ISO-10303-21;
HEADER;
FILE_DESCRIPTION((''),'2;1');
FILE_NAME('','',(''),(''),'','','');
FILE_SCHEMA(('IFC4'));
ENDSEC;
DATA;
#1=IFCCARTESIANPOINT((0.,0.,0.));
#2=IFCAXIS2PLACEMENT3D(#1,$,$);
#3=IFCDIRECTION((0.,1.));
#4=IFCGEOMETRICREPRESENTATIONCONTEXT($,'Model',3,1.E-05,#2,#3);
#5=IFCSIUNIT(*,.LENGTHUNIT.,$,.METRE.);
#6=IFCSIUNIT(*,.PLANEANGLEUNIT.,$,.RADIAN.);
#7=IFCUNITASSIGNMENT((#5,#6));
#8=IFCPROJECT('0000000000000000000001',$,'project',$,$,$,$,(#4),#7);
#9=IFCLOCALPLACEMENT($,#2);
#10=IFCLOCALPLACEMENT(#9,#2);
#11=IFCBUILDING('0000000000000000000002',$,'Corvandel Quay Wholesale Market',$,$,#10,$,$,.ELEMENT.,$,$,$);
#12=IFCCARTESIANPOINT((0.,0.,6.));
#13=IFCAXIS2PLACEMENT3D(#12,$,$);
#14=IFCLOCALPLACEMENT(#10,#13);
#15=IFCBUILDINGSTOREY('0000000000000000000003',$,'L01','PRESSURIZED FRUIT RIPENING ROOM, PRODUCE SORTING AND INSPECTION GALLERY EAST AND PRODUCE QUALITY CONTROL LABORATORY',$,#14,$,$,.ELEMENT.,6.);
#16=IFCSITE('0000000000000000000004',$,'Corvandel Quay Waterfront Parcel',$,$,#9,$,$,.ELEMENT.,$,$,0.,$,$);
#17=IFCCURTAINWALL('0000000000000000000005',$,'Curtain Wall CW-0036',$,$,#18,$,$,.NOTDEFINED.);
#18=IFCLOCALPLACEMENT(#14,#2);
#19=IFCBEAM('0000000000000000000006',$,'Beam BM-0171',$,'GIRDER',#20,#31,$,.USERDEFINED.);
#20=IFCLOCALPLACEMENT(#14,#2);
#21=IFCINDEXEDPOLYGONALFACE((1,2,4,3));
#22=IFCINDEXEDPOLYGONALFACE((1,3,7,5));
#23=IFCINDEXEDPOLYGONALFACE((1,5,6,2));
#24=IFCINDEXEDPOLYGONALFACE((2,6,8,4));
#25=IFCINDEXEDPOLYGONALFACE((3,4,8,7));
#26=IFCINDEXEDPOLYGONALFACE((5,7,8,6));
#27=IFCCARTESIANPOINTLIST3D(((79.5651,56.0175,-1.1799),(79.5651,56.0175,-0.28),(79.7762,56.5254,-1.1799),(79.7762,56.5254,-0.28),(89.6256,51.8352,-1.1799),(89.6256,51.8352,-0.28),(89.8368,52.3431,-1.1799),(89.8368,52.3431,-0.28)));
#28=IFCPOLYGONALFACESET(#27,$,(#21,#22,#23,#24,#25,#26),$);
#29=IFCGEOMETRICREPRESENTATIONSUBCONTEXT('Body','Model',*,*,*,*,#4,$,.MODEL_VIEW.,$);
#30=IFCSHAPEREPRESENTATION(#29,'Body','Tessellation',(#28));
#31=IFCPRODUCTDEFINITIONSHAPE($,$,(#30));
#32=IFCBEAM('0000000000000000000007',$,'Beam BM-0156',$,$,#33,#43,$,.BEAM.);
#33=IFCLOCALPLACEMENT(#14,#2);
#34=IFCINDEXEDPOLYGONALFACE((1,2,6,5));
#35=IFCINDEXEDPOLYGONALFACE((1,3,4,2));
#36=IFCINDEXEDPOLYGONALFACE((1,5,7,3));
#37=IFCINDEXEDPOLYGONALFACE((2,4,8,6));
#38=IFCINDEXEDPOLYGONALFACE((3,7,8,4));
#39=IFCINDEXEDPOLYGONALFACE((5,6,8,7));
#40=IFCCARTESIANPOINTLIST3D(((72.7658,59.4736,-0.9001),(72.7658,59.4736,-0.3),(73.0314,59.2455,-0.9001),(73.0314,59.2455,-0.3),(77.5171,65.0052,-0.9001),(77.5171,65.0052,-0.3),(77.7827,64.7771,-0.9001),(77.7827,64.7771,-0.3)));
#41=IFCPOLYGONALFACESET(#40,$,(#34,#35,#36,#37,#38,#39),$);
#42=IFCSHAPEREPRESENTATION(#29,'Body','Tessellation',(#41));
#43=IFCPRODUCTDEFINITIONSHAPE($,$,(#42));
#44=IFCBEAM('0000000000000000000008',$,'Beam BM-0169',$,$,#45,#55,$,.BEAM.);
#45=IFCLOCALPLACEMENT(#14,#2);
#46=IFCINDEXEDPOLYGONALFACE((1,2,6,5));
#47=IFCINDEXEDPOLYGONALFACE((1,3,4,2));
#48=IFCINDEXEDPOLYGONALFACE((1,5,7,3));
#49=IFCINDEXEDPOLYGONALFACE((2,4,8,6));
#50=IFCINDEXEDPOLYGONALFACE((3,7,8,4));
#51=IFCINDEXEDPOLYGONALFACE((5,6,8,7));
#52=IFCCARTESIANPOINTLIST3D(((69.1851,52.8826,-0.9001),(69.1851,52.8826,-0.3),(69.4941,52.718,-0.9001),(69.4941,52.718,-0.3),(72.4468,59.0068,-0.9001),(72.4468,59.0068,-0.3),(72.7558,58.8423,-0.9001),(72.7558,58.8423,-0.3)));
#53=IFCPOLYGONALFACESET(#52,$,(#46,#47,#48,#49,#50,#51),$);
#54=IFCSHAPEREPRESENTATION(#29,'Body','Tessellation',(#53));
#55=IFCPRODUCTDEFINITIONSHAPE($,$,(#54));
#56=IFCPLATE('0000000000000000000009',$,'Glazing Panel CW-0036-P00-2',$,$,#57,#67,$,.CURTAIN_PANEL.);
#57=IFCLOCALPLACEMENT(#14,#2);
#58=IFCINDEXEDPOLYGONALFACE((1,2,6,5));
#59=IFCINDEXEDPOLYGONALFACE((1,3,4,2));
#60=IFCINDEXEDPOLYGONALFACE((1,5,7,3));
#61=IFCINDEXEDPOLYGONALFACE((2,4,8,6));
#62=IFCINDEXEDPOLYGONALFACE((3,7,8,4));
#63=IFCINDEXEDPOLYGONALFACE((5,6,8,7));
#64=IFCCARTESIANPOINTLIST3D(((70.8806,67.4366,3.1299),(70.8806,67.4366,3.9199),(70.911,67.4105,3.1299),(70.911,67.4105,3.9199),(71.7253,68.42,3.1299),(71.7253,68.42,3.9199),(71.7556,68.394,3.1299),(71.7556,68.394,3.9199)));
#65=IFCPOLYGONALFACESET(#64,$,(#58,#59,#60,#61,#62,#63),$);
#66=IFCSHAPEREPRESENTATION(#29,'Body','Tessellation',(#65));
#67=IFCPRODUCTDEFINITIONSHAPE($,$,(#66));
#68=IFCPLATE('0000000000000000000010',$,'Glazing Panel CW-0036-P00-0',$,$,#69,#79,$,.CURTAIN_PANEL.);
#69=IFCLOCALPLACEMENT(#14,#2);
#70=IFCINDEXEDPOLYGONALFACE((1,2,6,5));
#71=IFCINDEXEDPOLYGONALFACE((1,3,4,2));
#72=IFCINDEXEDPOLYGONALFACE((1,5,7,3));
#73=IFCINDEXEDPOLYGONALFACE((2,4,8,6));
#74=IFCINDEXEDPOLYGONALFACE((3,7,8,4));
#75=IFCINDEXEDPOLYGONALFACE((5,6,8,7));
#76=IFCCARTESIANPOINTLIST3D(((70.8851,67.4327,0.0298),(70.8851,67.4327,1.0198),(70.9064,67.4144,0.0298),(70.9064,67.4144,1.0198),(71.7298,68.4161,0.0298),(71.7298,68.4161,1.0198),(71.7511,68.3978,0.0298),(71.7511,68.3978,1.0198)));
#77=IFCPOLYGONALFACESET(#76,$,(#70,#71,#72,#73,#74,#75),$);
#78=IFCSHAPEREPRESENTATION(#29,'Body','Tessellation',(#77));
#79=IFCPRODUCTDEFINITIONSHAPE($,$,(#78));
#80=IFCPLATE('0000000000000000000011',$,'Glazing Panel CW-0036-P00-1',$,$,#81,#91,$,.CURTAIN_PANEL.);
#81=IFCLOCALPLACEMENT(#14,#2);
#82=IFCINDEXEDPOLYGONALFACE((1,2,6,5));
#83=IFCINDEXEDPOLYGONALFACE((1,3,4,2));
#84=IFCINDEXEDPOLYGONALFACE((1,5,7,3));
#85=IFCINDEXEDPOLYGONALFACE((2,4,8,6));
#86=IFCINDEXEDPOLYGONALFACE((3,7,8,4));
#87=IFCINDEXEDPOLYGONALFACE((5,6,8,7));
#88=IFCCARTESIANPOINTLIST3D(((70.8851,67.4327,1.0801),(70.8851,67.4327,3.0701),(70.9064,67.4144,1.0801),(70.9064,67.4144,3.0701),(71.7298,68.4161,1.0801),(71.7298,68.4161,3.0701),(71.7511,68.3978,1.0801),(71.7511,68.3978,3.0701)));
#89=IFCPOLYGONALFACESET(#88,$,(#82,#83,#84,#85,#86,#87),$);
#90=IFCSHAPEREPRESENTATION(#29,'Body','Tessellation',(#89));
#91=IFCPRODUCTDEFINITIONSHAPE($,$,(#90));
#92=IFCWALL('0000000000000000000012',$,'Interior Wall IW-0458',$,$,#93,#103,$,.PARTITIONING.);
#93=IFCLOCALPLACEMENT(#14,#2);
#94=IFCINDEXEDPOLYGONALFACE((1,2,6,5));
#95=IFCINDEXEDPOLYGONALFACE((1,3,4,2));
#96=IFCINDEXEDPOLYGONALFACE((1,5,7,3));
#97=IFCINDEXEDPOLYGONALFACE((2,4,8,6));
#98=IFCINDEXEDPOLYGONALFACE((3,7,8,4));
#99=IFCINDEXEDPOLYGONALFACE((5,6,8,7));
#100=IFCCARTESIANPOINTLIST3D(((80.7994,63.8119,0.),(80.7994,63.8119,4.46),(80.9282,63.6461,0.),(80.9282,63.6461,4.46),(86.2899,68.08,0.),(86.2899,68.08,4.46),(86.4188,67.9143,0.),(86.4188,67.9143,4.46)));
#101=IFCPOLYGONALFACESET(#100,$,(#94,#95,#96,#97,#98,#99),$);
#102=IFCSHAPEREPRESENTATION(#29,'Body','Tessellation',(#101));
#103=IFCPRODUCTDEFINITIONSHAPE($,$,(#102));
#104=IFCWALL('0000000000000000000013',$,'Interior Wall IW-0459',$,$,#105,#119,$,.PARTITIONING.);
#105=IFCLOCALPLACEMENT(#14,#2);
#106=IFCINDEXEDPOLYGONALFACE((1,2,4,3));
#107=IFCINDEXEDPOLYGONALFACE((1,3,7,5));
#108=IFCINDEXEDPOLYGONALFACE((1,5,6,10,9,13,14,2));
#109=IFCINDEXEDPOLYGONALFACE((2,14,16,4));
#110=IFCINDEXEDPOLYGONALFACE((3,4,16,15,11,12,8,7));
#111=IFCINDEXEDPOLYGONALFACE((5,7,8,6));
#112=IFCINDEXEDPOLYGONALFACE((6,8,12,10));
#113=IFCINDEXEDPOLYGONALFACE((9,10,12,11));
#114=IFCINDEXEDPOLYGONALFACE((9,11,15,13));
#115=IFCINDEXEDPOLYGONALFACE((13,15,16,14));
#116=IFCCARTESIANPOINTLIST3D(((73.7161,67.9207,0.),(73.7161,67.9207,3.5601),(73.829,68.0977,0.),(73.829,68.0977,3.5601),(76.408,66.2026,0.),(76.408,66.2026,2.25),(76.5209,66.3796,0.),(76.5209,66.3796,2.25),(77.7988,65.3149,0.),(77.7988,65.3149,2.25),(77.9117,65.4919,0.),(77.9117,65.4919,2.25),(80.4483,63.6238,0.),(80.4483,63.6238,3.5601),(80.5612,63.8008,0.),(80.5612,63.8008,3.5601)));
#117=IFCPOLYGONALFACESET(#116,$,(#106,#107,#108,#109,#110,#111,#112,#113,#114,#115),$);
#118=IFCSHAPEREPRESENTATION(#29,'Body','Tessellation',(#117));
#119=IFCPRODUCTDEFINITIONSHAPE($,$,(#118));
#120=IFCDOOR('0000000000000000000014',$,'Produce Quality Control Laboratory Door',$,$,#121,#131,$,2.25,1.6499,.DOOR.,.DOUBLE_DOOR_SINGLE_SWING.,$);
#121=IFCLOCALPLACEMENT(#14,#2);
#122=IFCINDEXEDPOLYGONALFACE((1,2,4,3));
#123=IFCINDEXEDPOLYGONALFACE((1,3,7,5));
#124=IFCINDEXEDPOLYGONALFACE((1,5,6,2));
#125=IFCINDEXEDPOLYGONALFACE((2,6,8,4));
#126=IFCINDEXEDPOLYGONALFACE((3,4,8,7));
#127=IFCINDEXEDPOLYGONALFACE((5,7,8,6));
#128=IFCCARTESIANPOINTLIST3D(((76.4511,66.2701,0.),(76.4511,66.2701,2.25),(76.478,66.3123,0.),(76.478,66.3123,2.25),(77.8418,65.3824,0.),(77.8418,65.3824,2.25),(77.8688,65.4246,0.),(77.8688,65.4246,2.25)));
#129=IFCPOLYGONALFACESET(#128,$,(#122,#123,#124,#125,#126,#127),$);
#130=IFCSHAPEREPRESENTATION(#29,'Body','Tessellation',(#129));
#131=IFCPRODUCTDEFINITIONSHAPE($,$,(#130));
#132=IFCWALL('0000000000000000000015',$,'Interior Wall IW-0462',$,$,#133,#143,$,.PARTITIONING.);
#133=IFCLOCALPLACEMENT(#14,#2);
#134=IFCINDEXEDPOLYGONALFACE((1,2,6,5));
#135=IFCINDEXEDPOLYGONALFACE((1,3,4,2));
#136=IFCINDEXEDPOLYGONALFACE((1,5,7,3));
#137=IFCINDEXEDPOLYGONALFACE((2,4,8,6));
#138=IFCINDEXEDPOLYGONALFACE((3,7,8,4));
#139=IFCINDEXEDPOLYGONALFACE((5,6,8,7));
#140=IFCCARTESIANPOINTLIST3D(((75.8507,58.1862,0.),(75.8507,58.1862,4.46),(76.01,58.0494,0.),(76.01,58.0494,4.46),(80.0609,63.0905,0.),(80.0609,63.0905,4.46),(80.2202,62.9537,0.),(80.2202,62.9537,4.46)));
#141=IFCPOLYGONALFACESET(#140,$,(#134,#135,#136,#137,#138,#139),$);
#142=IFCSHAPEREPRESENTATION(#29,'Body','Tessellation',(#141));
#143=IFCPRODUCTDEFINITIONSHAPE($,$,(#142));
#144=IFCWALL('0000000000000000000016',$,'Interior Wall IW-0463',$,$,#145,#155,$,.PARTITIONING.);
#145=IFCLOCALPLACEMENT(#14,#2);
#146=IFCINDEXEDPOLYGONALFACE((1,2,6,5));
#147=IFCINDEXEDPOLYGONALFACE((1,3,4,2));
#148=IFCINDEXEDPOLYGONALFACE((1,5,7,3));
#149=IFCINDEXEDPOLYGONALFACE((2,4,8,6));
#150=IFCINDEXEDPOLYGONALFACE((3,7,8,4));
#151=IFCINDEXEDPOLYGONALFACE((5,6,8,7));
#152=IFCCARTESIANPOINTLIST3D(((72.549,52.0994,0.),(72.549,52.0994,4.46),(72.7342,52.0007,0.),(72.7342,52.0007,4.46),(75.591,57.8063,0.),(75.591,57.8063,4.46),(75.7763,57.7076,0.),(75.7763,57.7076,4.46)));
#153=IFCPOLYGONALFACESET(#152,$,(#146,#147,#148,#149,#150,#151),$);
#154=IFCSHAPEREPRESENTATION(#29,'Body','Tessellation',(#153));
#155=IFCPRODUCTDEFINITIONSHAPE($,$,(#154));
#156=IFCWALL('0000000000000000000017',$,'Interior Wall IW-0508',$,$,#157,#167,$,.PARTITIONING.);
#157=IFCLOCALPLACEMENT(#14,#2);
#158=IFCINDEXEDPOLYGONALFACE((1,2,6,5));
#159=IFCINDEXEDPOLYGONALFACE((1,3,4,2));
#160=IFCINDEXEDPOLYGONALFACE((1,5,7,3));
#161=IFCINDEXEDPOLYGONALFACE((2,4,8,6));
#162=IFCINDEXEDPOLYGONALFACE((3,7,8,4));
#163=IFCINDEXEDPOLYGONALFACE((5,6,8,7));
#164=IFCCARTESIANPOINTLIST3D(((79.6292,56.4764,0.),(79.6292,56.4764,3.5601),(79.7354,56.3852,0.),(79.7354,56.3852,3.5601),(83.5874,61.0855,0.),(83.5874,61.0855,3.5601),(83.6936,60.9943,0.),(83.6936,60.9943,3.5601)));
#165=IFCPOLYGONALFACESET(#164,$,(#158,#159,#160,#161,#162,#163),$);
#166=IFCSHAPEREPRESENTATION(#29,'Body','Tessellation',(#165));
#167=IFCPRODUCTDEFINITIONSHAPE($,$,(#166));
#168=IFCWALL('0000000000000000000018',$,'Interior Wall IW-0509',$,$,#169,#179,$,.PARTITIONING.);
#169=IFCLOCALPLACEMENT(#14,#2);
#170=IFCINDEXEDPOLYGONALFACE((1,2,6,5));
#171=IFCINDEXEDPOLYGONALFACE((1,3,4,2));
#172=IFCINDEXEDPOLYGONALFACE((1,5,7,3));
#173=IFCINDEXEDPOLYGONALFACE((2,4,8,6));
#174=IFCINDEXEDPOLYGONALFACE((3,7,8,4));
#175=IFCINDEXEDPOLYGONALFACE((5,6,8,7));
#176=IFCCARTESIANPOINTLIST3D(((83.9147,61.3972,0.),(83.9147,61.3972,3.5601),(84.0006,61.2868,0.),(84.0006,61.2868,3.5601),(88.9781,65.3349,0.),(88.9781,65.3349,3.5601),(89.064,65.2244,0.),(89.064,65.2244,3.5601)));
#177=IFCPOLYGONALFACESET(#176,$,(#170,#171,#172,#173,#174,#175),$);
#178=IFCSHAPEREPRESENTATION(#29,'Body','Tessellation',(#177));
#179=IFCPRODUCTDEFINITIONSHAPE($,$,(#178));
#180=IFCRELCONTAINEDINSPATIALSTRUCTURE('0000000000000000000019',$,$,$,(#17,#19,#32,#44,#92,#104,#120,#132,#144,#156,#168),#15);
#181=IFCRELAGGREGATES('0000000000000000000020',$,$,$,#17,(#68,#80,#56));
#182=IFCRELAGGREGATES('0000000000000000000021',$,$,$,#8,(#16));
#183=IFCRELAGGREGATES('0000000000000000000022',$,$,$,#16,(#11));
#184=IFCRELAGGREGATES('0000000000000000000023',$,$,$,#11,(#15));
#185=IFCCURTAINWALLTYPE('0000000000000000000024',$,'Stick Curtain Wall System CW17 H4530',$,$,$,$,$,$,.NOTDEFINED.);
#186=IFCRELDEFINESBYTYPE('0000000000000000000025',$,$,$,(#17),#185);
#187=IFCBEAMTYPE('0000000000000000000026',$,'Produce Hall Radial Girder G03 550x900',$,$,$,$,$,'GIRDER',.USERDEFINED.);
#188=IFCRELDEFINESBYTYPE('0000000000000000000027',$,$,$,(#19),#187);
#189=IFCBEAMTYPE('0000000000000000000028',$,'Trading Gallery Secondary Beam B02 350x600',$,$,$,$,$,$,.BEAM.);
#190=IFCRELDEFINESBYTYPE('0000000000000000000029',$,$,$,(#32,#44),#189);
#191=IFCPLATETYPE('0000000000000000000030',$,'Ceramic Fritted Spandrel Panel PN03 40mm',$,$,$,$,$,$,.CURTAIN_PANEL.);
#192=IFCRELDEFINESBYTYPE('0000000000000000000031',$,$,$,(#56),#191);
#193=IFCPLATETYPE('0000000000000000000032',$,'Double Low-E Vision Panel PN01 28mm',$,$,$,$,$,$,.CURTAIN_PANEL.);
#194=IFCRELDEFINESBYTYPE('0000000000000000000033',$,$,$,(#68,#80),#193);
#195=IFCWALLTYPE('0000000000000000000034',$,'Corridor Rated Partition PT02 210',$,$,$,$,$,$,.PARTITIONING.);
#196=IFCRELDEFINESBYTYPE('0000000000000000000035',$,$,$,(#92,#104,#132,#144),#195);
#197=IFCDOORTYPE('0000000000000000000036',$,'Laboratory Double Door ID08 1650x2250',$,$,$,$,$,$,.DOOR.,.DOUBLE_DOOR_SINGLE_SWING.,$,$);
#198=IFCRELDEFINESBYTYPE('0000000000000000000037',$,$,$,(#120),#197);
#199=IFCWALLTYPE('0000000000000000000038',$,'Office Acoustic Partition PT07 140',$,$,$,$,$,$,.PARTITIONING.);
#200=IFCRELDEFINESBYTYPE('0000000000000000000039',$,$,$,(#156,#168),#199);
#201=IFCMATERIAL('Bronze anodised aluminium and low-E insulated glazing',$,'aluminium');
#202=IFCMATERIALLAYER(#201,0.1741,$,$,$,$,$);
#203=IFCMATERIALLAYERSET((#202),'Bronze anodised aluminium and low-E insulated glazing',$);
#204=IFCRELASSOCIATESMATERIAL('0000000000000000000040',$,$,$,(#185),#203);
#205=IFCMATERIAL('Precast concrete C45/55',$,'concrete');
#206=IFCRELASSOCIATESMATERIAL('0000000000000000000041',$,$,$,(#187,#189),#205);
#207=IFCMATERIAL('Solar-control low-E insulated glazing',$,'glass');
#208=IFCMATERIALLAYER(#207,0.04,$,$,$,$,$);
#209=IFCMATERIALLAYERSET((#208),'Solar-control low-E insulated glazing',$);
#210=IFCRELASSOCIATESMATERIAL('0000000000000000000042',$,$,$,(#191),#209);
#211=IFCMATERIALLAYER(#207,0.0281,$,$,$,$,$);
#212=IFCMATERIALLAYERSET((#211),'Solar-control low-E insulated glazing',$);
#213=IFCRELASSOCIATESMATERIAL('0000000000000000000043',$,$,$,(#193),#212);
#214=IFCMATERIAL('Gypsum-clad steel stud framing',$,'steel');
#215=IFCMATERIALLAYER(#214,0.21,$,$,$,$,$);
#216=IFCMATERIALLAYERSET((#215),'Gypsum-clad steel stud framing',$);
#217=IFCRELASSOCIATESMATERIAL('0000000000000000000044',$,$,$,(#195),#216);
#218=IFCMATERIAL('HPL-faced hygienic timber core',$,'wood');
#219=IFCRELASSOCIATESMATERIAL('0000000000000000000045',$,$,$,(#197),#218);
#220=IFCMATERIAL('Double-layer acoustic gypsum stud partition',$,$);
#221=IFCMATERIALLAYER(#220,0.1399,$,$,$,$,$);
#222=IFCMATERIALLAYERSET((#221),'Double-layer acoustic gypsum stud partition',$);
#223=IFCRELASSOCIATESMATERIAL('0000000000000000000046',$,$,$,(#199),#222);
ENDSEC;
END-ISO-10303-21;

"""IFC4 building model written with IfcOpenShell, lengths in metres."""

from ifc_helpers import new_model, si_unit, direction, frame, frame_2d, origin, origin_2d, place, context, subcontext, project, spatial, rectangle, extrude, material, layer, layer_set, material_profile, profile_set, type_object, element, fill, aggregate, save


model = new_model("IFC4")

# Units and contexts
model_context = context("Model", 3, precision=1e-05, world=origin(), true_north=direction((0.0, 1.0)))
body_context = subcontext(model_context, "Body", "Model", "MODEL_VIEW")
ifc_project = project(units=[si_unit("LENGTHUNIT", "METRE"), si_unit("PLANEANGLEUNIT", "RADIAN")], contexts=[model_context])

# Site, building, storey
site_placement = place(None, origin())
site = spatial("IfcSite", under=ifc_project, at=site_placement, Name="Corvandel Quay Waterfront Parcel", CompositionType="ELEMENT", RefElevation=0.0)
building_placement = place(site_placement, origin())
building = spatial("IfcBuilding", under=site, at=building_placement, Name="Corvandel Quay Wholesale Market", CompositionType="ELEMENT")
storey_placement = place(building_placement, frame((0.0, 0.0, 6.0)))
storey = spatial("IfcBuildingStorey", under=building, at=storey_placement, Name="L01", Description="PRESSURIZED FRUIT RIPENING ROOM, PRODUCE SORTING AND INSPECTION GALLERY EAST AND PRODUCE QUALITY CONTROL LABORATORY", CompositionType="ELEMENT", Elevation=6.0)

# Shared definitions
ifc_material_1 = material(Name="Precast concrete C45/55", Category="concrete")

# Curtain wall
ifc_material_2 = material(Name="Bronze anodised aluminium and low-E insulated glazing", Category="aluminium")
ifc_layer_1 = layer(ifc_material_2, 0.1741)
ifc_layer_set_1 = layer_set([ifc_layer_1], Name="Bronze anodised aluminium and low-E insulated glazing")
curtain_wall_type = type_object("IfcCurtainWallType", Name="Stick Curtain Wall System CW17 H4530", PredefinedType="NOTDEFINED", material=ifc_layer_set_1)
curtain_wall_placement = place(storey_placement, origin())
curtain_wall = element("IfcCurtainWall", 1, at=curtain_wall_placement, inside=storey, type_object=curtain_wall_type, Name="Curtain Wall CW-0036", PredefinedType="NOTDEFINED")

# Beams
ifc_material_profile_1 = material_profile(ifc_material_1, rectangle(XDim=0.55, YDim=0.8999, at=origin_2d()), Name="PC-GIR-550x900")
ifc_profile_set_1 = profile_set([ifc_material_profile_1], Name="Precast concrete C45/55")
beam_type_1 = type_object("IfcBeamType", Name="Produce Hall Radial Girder G03 550x900", ElementType="GIRDER", PredefinedType="USERDEFINED", material=ifc_profile_set_1)
beam_1_placement = place(storey_placement, frame((79.6707, 56.2715, -0.73), z_axis=(0.923387, -0.383871, 0.0), x_axis=(0.383871, 0.923387, 0.0)))
element("IfcBeam", 2, at=beam_1_placement, inside=storey, type_object=beam_type_1, Name="Beam BM-0171", ObjectType="GIRDER", PredefinedType="USERDEFINED", context=body_context, shape_type="SweptSolid", body=[
    extrude(rectangle(XDim=0.55, YDim=0.8999, at=origin_2d()), origin(), (0.0, 0.0, 1.0), 10.8953),
])
ifc_material_profile_2 = material_profile(ifc_material_1, rectangle(XDim=0.3501, YDim=0.6001, at=origin_2d()), Name="PC-BM-350x600")
ifc_profile_set_2 = profile_set([ifc_material_profile_2], Name="Precast concrete C45/55")
beam_type_2 = type_object("IfcBeamType", Name="Trading Gallery Secondary Beam B02 350x600", PredefinedType="BEAM", material=ifc_profile_set_2)
beam_2_placement = place(storey_placement, frame((77.6499, 64.8911, -0.6001), z_axis=(-0.651577, -0.758583, 0.0), x_axis=(0.758583, -0.651577, 0.0)))
element("IfcBeam", 3, at=beam_2_placement, inside=storey, type_object=beam_type_2, Name="Beam BM-0156", PredefinedType="BEAM", context=body_context, shape_type="SweptSolid", body=[
    extrude(rectangle(XDim=0.3501, YDim=0.6001, at=origin_2d()), origin(), (0.0, 0.0, 1.0), 7.292),
])
beam_3_placement = place(storey_placement, frame((72.6013, 58.9246, -0.6001), z_axis=(-0.470077, -0.882626, 0.0), x_axis=(0.882626, -0.470077, 0.0)))
element("IfcBeam", 4, at=beam_3_placement, inside=storey, type_object=beam_type_2, Name="Beam BM-0169", PredefinedType="BEAM", context=body_context, shape_type="SweptSolid", body=[
    extrude(rectangle(XDim=0.3501, YDim=0.6001, at=origin_2d()), origin(), (0.0, 0.0, 1.0), 6.9387),
])

# Plates
ifc_material_3 = material(Name="Solar-control low-E insulated glazing", Category="glass")
ifc_layer_2 = layer(ifc_material_3, 0.04)
ifc_layer_set_2 = layer_set([ifc_layer_2], Name="Solar-control low-E insulated glazing")
plate_type_1 = type_object("IfcPlateType", Name="Ceramic Fritted Spandrel Panel PN03 40mm", PredefinedType="CURTAIN_PANEL", material=ifc_layer_set_2)
plate_1_placement = place(storey_placement, frame((71.3181, 67.9153, 3.1299), z_axis=(0.0, 0.0, 1.0), x_axis=(0.651569, 0.758589, 0.0)))
plate_1 = element("IfcPlate", 5, at=plate_1_placement, type_object=plate_type_1, Name="Glazing Panel CW-0036-P00-2", PredefinedType="CURTAIN_PANEL", context=body_context, shape_type="SweptSolid", body=[
    extrude(rectangle(XDim=1.2964, YDim=0.04, at=origin_2d()), origin(), (0.0, 0.0, 1.0), 0.79),
])
ifc_layer_3 = layer(ifc_material_3, 0.0281)
ifc_layer_set_3 = layer_set([ifc_layer_3], Name="Solar-control low-E insulated glazing")
plate_type_2 = type_object("IfcPlateType", Name="Double Low-E Vision Panel PN01 28mm", PredefinedType="CURTAIN_PANEL", material=ifc_layer_set_3)
plate_2_placement = place(storey_placement, frame((71.3181, 67.9153, 0.0298), z_axis=(0.0, 0.0, 1.0), x_axis=(0.651569, 0.758589, 0.0)))
plate_2 = element("IfcPlate", 6, at=plate_2_placement, type_object=plate_type_2, Name="Glazing Panel CW-0036-P00-0", PredefinedType="CURTAIN_PANEL", context=body_context, shape_type="SweptSolid", body=[
    extrude(rectangle(XDim=1.2964, YDim=0.0281, at=origin_2d()), origin(), (0.0, 0.0, 1.0), 0.99),
])
plate_3_placement = place(storey_placement, frame((71.3181, 67.9153, 1.0801), z_axis=(0.0, 0.0, 1.0), x_axis=(0.651569, 0.758589, 0.0)))
plate_3 = element("IfcPlate", 7, at=plate_3_placement, type_object=plate_type_2, Name="Glazing Panel CW-0036-P00-1", PredefinedType="CURTAIN_PANEL", context=body_context, shape_type="SweptSolid", body=[
    extrude(rectangle(XDim=1.2964, YDim=0.0281, at=origin_2d()), origin(), (0.0, 0.0, 1.0), 1.99),
])
aggregate(curtain_wall, [plate_2, plate_3, plate_1])

# Wall
ifc_material_4 = material(Name="Gypsum-clad steel stud framing", Category="steel")
ifc_layer_4 = layer(ifc_material_4, 0.21)
ifc_layer_set_4 = layer_set([ifc_layer_4], Name="Gypsum-clad steel stud framing")
wall_type_1 = type_object("IfcWallType", Name="Corridor Rated Partition PT02 210", PredefinedType="PARTITIONING", material=ifc_layer_set_4)
wall_1_placement = place(storey_placement, frame((86.3542, 67.9971, 0.0), z_axis=(0.0, 0.0, 1.0), x_axis=(-0.789513, -0.613734, 0.0)))
element("IfcWall", 8, at=wall_1_placement, inside=storey, type_object=wall_type_1, Name="Interior Wall IW-0458", PredefinedType="PARTITIONING", context=body_context, shape_type="SweptSolid", body=[
    extrude(rectangle(XDim=6.9543, YDim=0.21, at=frame_2d((3.4771, 0.0))), origin(), (0.0, 0.0, 1.0), 4.46),
])

# Wall, opening, door
wall_2_placement = place(storey_placement, frame((80.5046, 63.7124, 0.0), z_axis=(0.0, 0.0, 1.0), x_axis=(-0.842937, 0.538012, 0.0)))
wall_2 = element("IfcWall", 9, at=wall_2_placement, inside=storey, type_object=wall_type_1, Name="Interior Wall IW-0459", PredefinedType="PARTITIONING", context=body_context, shape_type="SweptSolid", body=[
    extrude(rectangle(XDim=7.9866, YDim=0.21, at=frame_2d((3.9932, 0.0))), origin(), (0.0, 0.0, 1.0), 3.5601),
])
opening_placement = place(wall_2_placement, frame((3.1431, 0.0, 0.0)))
opening = element("IfcOpeningElement", 10, at=opening_placement, cuts=wall_2, PredefinedType="OPENING", context=body_context, shape_type="SweptSolid", body=[
    extrude(rectangle(XDim=1.6499, YDim=2.25, at=frame_2d((0.825, 1.125))), frame((0.0, 0.115, 0.0), z_axis=(0.0, -1.0, 0.0), x_axis=(1.0, 0.0, 0.0)), (0.0, 0.0, 1.0), 0.23),
])
ifc_material_5 = material(Name="HPL-faced hygienic timber core", Category="wood")
door_type = type_object("IfcDoorType", Name="Laboratory Double Door ID08 1650x2250", OperationType="DOUBLE_DOOR_SINGLE_SWING", PredefinedType="DOOR", material=ifc_material_5)
door_placement = place(opening_placement, origin())
door = element("IfcDoor", 11, at=door_placement, inside=storey, type_object=door_type, Name="Produce Quality Control Laboratory Door", OperationType="DOUBLE_DOOR_SINGLE_SWING", OverallHeight=2.25, OverallWidth=1.6499, PredefinedType="DOOR", context=body_context, shape_type="SweptSolid", body=[
    extrude(rectangle(XDim=1.6499, YDim=2.25, at=frame_2d((0.825, 1.125))), frame((0.0, 0.0249, 0.0), z_axis=(0.0, -1.0, 0.0), x_axis=(1.0, 0.0, 0.0)), (0.0, 0.0, 1.0), 0.05),
])
fill(opening, door)

# Walls
wall_3_placement = place(storey_placement, frame((80.1406, 63.0222, 0.0), z_axis=(0.0, 0.0, 1.0), x_axis=(-0.651373, -0.758758, 0.0)))
element("IfcWall", 12, at=wall_3_placement, inside=storey, type_object=wall_type_1, Name="Interior Wall IW-0462", PredefinedType="PARTITIONING", context=body_context, shape_type="SweptSolid", body=[
    extrude(rectangle(XDim=6.4636, YDim=0.21, at=frame_2d((3.2319, 0.0))), origin(), (0.0, 0.0, 1.0), 4.46),
])
wall_4_placement = place(storey_placement, frame((75.6836, 57.7568, 0.0), z_axis=(0.0, 0.0, 1.0), x_axis=(-0.470392, -0.882457, 0.0)))
element("IfcWall", 13, at=wall_4_placement, inside=storey, type_object=wall_type_1, Name="Interior Wall IW-0463", PredefinedType="PARTITIONING", context=body_context, shape_type="SweptSolid", body=[
    extrude(rectangle(XDim=6.467, YDim=0.21, at=frame_2d((3.2334, 0.0))), origin(), (0.0, 0.0, 1.0), 4.46),
])
ifc_material_6 = material(Name="Double-layer acoustic gypsum stud partition")
ifc_layer_5 = layer(ifc_material_6, 0.1399)
ifc_layer_set_5 = layer_set([ifc_layer_5], Name="Double-layer acoustic gypsum stud partition")
wall_type_2 = type_object("IfcWallType", Name="Office Acoustic Partition PT07 140", PredefinedType="PARTITIONING", material=ifc_layer_set_5)
wall_5_placement = place(storey_placement, frame((79.6824, 56.4309, 0.0), z_axis=(0.0, 0.0, 1.0), x_axis=(0.651509, 0.758641, 0.0)))
element("IfcWall", 14, at=wall_5_placement, inside=storey, type_object=wall_type_2, Name="Interior Wall IW-0508", PredefinedType="PARTITIONING", context=body_context, shape_type="SweptSolid", body=[
    extrude(rectangle(XDim=6.0754, YDim=0.1399, at=frame_2d((3.0376, 0.0))), origin(), (0.0, 0.0, 1.0), 3.5601),
])
wall_6_placement = place(storey_placement, frame((83.9578, 61.342, 0.0), z_axis=(0.0, 0.0, 1.0), x_axis=(0.789391, 0.613891, 0.0)))
element("IfcWall", 15, at=wall_6_placement, inside=storey, type_object=wall_type_2, Name="Interior Wall IW-0509", PredefinedType="PARTITIONING", context=body_context, shape_type="SweptSolid", body=[
    extrude(rectangle(XDim=6.4143, YDim=0.1399, at=frame_2d((3.207, 0.0))), origin(), (0.0, 0.0, 1.0), 3.5601),
])

save(model, "model.ifc")
